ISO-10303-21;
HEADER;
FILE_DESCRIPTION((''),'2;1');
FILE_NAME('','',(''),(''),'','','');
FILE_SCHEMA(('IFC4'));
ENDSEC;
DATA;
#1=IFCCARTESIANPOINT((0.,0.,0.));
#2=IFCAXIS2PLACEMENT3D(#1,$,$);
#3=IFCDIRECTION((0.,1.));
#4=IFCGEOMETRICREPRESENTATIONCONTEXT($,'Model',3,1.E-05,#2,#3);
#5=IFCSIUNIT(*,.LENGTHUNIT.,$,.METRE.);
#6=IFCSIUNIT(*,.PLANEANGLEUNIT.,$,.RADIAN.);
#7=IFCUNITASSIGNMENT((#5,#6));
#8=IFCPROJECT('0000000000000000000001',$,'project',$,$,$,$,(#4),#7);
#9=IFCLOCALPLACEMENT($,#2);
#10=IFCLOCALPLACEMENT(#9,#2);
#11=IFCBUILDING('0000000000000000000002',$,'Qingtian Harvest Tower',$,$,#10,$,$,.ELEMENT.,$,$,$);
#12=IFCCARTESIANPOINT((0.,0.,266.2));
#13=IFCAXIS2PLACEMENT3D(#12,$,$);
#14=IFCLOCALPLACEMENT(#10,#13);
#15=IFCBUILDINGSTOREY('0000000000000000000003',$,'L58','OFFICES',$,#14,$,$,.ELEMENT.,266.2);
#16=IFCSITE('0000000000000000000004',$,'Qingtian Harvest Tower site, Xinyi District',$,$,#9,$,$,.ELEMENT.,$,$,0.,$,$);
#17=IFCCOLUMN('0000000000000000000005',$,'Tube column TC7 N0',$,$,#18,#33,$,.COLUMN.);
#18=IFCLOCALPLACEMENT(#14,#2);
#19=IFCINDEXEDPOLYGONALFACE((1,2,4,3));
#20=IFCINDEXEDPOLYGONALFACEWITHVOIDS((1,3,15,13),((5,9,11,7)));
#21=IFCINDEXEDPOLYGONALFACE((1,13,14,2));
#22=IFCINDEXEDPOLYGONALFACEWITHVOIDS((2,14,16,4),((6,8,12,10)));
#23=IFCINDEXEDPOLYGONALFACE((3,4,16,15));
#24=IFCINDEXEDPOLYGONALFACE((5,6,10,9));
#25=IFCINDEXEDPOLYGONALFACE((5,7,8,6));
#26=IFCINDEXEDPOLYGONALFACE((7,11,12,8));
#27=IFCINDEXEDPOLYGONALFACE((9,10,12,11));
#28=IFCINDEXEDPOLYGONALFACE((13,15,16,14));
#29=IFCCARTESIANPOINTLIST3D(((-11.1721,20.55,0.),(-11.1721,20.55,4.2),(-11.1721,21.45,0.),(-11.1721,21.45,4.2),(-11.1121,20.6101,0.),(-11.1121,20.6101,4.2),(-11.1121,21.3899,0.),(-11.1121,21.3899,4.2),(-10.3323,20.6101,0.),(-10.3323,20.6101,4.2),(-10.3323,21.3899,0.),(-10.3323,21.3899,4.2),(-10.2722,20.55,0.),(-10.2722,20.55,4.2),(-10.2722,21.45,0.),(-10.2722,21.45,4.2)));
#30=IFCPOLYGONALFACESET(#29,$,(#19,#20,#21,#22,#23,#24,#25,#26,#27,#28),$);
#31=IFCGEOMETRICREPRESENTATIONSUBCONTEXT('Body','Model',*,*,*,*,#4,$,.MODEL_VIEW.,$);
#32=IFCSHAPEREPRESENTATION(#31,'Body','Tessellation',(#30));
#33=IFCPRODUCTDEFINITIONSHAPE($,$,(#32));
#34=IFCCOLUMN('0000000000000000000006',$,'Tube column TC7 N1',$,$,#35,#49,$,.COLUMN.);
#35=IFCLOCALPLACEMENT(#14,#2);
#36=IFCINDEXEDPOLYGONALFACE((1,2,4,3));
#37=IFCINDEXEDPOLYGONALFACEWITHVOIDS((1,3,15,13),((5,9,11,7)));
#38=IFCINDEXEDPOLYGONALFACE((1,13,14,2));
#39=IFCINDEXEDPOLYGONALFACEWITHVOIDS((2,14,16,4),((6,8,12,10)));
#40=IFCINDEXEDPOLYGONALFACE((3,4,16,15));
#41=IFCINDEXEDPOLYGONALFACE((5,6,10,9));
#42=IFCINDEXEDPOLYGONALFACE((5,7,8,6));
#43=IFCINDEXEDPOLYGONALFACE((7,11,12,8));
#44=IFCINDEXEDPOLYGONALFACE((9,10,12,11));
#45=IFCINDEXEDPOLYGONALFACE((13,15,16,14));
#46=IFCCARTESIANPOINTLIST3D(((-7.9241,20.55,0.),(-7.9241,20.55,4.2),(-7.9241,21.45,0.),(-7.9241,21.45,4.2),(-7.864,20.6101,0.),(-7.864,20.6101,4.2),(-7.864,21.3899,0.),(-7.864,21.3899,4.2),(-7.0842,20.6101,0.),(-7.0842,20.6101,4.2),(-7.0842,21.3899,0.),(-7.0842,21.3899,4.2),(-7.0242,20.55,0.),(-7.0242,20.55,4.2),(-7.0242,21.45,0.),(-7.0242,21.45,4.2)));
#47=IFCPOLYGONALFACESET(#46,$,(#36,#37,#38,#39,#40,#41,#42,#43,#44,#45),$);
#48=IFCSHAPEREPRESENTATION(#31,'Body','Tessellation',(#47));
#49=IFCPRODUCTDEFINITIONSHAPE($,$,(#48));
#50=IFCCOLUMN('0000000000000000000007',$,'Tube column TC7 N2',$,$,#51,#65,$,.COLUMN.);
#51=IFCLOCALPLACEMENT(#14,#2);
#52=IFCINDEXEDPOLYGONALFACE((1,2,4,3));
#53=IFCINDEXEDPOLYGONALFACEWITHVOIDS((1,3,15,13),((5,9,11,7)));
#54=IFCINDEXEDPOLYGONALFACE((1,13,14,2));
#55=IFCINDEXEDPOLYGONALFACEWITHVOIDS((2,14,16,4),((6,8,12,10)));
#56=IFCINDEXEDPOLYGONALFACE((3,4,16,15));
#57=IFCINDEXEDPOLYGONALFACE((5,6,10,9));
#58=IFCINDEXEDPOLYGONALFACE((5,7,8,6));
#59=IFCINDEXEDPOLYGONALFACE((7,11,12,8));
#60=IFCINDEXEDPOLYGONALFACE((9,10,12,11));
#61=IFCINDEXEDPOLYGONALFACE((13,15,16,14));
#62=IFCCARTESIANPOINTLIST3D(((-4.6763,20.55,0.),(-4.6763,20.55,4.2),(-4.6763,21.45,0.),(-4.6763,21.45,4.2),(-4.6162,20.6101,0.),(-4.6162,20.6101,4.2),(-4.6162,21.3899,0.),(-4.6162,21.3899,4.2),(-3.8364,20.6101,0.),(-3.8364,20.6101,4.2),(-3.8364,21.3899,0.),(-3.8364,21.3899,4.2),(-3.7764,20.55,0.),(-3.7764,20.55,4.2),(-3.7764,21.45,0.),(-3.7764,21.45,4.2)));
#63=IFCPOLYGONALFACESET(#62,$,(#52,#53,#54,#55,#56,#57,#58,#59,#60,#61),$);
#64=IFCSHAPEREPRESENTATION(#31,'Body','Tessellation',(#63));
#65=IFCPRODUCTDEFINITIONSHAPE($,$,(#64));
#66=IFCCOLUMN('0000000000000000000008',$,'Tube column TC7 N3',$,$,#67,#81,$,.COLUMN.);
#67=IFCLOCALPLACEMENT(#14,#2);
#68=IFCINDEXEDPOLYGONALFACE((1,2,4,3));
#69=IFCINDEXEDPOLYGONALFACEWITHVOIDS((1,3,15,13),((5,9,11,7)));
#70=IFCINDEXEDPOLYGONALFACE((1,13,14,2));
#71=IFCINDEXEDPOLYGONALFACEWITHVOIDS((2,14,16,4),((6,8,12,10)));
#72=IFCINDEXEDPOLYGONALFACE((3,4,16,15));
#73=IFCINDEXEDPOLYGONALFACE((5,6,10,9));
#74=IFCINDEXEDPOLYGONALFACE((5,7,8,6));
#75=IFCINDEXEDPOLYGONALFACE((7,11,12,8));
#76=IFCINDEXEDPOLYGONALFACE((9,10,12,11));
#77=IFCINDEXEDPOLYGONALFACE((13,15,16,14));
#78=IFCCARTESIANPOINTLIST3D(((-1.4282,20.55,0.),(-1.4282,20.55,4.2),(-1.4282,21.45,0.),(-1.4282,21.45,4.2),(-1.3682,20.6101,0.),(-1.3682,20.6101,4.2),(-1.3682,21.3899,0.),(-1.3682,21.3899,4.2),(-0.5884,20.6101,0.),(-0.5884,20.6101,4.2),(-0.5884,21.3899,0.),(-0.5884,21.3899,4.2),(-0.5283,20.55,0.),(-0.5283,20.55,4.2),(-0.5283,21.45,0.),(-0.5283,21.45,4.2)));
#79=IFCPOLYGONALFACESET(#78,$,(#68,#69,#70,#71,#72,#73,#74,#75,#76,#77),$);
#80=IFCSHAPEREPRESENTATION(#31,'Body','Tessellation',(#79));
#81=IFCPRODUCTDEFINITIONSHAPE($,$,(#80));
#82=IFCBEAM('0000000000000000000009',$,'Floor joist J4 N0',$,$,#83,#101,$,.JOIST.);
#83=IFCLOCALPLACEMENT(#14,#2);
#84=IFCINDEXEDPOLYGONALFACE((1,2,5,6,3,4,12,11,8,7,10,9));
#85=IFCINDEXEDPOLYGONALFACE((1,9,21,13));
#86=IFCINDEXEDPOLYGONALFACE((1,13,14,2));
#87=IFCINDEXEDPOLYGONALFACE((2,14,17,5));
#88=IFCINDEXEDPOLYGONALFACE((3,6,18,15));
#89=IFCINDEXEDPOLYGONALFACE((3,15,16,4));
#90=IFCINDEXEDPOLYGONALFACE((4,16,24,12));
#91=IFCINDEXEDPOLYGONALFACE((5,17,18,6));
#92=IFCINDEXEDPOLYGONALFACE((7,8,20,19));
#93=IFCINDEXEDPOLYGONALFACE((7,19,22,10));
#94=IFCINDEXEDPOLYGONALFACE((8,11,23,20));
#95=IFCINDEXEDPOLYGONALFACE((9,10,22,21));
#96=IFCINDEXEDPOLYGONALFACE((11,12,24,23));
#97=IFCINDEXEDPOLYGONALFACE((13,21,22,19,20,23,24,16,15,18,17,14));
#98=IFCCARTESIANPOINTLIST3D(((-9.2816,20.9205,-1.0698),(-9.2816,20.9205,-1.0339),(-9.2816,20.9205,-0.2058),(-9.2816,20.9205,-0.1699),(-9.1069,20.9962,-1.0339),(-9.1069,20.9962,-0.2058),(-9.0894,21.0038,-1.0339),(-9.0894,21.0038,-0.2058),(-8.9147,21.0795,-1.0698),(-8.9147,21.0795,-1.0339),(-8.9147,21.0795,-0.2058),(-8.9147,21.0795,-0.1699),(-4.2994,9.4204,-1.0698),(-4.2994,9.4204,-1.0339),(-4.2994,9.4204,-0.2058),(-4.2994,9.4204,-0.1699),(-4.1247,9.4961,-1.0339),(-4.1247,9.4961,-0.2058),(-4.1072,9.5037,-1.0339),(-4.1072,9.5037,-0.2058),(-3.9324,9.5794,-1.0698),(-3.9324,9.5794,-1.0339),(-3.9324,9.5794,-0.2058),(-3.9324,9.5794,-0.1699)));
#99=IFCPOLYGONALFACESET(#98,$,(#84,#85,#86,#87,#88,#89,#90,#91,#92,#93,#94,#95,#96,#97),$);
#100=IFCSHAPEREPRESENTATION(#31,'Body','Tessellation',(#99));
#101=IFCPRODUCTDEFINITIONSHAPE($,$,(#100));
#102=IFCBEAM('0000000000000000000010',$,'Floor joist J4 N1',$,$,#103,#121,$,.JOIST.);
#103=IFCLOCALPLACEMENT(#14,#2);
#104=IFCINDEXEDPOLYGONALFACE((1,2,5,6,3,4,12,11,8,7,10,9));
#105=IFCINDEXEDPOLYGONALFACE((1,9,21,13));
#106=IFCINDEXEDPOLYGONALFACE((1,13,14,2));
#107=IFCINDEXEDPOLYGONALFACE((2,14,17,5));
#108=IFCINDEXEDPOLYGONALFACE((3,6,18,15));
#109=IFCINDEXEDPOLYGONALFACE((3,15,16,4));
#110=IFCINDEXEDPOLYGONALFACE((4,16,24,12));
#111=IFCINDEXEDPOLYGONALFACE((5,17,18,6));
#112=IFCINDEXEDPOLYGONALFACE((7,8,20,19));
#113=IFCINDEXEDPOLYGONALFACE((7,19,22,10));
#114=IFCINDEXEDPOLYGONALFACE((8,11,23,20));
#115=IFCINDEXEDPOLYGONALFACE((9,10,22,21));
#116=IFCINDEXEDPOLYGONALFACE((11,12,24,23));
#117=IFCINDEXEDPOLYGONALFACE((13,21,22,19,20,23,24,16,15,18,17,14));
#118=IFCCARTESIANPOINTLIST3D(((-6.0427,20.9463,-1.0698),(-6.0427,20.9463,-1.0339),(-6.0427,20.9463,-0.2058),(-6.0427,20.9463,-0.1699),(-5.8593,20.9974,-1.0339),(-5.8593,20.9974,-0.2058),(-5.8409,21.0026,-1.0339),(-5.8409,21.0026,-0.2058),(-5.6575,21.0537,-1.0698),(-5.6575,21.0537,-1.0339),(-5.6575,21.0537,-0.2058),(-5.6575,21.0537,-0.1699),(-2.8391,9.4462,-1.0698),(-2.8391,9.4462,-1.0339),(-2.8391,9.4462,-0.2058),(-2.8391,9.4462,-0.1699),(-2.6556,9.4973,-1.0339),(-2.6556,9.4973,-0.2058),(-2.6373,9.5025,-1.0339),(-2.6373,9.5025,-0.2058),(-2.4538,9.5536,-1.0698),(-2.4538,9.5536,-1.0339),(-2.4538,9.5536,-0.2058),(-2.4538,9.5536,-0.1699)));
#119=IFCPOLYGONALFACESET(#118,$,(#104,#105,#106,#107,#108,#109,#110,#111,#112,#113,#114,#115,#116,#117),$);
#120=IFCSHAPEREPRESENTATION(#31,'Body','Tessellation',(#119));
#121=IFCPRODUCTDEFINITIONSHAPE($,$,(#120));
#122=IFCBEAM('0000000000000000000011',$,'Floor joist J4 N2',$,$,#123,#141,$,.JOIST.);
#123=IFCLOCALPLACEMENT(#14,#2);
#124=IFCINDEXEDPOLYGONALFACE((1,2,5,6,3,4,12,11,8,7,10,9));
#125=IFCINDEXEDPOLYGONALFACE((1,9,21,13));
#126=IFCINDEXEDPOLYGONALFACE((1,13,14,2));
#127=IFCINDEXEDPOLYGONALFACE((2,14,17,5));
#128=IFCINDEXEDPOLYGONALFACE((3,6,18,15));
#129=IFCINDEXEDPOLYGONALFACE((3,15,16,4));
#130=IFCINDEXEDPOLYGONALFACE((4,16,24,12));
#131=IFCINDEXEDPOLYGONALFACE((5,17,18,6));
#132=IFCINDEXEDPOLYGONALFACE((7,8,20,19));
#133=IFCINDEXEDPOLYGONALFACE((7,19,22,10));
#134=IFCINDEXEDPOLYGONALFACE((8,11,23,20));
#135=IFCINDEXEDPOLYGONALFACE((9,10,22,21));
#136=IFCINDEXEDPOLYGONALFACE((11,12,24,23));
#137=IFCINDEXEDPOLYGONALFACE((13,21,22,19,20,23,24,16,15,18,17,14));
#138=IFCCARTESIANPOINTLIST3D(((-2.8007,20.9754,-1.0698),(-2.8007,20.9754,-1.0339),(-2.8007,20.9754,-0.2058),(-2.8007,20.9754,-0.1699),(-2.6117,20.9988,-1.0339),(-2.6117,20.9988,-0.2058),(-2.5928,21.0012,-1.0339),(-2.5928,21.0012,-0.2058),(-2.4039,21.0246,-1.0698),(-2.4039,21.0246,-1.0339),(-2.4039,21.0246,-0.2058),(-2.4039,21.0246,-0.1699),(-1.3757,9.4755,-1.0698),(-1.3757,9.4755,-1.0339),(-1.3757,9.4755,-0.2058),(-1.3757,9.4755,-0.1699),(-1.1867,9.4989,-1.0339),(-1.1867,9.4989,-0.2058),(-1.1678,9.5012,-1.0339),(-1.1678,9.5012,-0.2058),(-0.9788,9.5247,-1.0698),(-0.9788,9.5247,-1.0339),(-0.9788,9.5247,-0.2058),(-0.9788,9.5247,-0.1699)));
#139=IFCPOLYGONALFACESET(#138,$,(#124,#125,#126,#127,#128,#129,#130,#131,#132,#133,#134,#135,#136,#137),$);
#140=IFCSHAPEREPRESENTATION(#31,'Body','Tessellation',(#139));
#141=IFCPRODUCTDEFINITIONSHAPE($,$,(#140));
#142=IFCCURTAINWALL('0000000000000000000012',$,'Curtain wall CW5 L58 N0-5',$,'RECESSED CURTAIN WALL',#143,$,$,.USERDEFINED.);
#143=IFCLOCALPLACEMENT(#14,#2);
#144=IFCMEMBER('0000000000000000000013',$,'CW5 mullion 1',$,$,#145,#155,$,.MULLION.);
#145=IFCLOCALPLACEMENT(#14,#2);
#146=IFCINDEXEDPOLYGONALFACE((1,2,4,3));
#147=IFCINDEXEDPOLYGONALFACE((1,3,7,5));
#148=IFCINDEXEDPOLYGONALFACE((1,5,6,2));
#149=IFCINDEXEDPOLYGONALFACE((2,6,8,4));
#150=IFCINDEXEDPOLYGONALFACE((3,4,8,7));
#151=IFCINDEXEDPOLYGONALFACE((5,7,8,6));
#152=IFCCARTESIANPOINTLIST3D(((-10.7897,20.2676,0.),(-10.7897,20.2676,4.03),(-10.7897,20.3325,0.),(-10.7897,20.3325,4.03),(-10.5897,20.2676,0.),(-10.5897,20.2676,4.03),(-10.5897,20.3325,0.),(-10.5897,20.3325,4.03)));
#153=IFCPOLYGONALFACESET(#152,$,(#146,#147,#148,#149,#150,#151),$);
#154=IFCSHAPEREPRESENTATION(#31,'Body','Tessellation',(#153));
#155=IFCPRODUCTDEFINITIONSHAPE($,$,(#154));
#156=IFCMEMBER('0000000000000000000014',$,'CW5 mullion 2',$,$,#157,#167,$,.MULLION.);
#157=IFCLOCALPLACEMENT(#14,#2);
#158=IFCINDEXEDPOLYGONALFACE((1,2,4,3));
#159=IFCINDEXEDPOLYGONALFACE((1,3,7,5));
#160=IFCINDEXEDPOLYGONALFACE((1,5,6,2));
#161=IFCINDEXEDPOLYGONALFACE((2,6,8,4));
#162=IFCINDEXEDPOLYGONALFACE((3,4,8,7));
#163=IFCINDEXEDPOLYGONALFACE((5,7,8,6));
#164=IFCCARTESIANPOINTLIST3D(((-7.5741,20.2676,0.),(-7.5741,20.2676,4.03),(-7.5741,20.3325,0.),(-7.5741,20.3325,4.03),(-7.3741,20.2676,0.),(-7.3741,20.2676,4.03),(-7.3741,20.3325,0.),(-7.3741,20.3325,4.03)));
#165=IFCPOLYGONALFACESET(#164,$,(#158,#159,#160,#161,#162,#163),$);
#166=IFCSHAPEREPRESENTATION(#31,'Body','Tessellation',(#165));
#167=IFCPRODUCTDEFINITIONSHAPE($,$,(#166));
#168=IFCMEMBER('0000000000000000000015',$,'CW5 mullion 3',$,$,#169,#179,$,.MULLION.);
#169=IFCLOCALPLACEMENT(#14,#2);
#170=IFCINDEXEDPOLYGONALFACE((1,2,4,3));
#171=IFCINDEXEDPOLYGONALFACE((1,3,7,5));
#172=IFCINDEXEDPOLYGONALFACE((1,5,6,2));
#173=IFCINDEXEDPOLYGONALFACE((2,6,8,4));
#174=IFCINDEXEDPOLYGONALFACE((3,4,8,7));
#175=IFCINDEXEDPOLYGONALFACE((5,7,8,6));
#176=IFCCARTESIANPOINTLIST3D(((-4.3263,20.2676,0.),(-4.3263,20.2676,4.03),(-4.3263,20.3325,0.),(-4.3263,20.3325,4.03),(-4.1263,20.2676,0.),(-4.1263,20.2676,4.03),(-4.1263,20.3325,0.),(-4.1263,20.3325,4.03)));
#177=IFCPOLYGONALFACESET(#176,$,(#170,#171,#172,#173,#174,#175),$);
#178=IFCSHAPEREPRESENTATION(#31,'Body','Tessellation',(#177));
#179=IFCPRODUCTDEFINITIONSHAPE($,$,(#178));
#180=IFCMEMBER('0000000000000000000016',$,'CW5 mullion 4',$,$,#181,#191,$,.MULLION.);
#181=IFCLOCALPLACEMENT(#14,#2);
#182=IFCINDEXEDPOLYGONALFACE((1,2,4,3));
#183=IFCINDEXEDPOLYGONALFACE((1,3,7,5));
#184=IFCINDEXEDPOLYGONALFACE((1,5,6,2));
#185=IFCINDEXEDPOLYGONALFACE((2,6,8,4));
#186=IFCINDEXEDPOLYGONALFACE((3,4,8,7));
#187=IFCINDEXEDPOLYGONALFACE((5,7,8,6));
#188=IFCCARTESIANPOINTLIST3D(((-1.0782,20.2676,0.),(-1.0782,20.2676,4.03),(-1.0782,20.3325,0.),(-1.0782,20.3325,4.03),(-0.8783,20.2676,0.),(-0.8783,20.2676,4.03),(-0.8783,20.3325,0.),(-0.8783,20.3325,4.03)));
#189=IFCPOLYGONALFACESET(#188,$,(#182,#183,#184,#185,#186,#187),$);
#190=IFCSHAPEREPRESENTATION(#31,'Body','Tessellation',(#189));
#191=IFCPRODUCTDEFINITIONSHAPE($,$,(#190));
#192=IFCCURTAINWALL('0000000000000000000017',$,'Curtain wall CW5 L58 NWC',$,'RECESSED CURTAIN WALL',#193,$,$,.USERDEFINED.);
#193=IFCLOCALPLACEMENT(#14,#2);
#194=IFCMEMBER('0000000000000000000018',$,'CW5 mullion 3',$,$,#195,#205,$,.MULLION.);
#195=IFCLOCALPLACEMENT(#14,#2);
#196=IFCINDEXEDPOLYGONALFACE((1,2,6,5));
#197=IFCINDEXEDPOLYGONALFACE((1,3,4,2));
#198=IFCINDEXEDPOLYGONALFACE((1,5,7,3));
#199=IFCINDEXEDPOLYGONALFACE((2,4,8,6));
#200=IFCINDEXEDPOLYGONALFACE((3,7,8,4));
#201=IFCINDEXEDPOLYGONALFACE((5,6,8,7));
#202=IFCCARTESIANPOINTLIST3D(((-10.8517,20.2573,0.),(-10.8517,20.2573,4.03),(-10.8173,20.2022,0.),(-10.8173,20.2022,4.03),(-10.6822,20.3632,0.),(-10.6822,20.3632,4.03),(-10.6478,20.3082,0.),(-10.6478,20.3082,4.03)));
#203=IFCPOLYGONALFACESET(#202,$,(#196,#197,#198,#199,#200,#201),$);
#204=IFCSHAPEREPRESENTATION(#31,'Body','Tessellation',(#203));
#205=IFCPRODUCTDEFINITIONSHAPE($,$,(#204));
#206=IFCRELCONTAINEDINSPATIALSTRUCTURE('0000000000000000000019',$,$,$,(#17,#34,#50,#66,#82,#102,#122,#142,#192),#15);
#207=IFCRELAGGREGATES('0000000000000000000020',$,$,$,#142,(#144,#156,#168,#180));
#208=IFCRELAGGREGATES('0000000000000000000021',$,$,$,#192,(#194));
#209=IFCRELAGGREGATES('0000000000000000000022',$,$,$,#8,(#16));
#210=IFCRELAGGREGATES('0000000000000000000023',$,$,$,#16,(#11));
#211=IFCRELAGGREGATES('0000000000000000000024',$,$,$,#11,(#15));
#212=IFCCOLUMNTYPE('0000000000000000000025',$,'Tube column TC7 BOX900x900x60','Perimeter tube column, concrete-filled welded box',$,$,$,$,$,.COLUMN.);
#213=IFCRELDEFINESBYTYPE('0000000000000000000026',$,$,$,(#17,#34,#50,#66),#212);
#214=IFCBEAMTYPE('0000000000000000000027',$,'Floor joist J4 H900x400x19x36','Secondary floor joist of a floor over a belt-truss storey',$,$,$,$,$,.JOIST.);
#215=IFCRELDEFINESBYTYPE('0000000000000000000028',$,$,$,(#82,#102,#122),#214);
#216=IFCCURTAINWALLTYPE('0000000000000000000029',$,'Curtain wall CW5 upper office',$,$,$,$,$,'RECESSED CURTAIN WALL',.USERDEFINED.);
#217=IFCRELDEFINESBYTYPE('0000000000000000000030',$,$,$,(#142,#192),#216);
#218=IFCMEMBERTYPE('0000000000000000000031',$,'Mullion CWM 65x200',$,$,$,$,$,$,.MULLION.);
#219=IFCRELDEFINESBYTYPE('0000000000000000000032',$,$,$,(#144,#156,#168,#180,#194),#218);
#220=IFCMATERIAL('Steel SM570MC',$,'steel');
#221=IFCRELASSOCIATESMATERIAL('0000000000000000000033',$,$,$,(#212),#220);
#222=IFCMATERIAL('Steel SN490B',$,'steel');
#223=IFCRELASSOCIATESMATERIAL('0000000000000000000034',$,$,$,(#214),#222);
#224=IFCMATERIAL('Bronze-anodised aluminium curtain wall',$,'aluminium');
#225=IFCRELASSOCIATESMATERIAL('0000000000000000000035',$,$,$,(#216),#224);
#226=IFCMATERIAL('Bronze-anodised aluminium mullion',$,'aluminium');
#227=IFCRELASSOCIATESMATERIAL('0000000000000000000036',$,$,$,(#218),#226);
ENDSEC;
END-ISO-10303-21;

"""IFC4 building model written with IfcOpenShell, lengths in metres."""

from ifc_helpers import new_model, si_unit, direction, frame, origin, origin_2d, place, context, subcontext, project, spatial, rectangle, hollow_rectangle, i_section, extrude, material, material_profile, profile_set, type_object, element, aggregate, save


model = new_model("IFC4")

# Units and contexts
model_context = context("Model", 3, precision=1e-05, world=origin(), true_north=direction((0.0, 1.0)))
body_context = subcontext(model_context, "Body", "Model", "MODEL_VIEW")
ifc_project = project(units=[si_unit("LENGTHUNIT", "METRE"), si_unit("PLANEANGLEUNIT", "RADIAN")], contexts=[model_context])

# Site, building, storey
site_placement = place(None, origin())
site = spatial("IfcSite", under=ifc_project, at=site_placement, Name="Qingtian Harvest Tower site, Xinyi District", CompositionType="ELEMENT", RefElevation=0.0)
building_placement = place(site_placement, origin())
building = spatial("IfcBuilding", under=site, at=building_placement, Name="Qingtian Harvest Tower", CompositionType="ELEMENT")
storey_placement = place(building_placement, frame((0.0, 0.0, 266.2)))
storey = spatial("IfcBuildingStorey", under=building, at=storey_placement, Name="L58", Description="OFFICES", CompositionType="ELEMENT", Elevation=266.2)

# Columns
ifc_material_1 = material(Name="Steel SM570MC", Category="steel")
ifc_material_profile_1 = material_profile(ifc_material_1, hollow_rectangle(XDim=0.8999, YDim=0.8999, WallThickness=0.0601, at=origin_2d()), Name="BOX900x900x60")
ifc_profile_set_1 = profile_set([ifc_material_profile_1], Name="Steel SM570MC")
column_type = type_object("IfcColumnType", Name="Tube column TC7 BOX900x900x60", Description="Perimeter tube column, concrete-filled welded box", PredefinedType="COLUMN", material=ifc_profile_set_1)
for number, where, z_axis, x_axis, name in (
    (1, (-10.7222, 21.0, 0.0), (0.0, 0.0, 1.0), (-1.0, 0.0, 0.0), "Tube column TC7 N0"),
    (2, (-7.4741, 21.0, 0.0), (0.0, 0.0, 1.0), (-1.0, 0.0, 0.0), "Tube column TC7 N1"),
    (3, (-4.2263, 21.0, 0.0), (0.0, 0.0, 1.0), (-1.0, 0.0, 0.0), "Tube column TC7 N2"),
    (4, (-0.9783, 21.0, 0.0), (0.0, 0.0, 1.0), (-1.0, 0.0, 0.0), "Tube column TC7 N3"),
):
    element("IfcColumn", number, at=place(storey_placement, frame(where, z_axis=z_axis, x_axis=x_axis)), inside=storey, type_object=column_type, Name=name, PredefinedType="COLUMN", context=body_context, shape_type="SweptSolid", body=[
        extrude(hollow_rectangle(XDim=0.8999, YDim=0.8999, WallThickness=0.0601, at=origin_2d()), origin(), (0.0, 0.0, 1.0), 4.2),
    ])

# Beams
ifc_material_2 = material(Name="Steel SN490B", Category="steel")
ifc_material_profile_2 = material_profile(ifc_material_2, i_section(OverallWidth=0.3999, OverallDepth=0.8999, WebThickness=0.019, FlangeThickness=0.0359, at=origin_2d()), Name="H900x400x19x36")
ifc_profile_set_2 = profile_set([ifc_material_profile_2], Name="Steel SN490B")
beam_type_1 = type_object("IfcBeamType", Name="Floor joist J4 H900x400x19x36", Description="Secondary floor joist of a floor over a belt-truss storey", PredefinedType="JOIST", material=ifc_profile_set_2)
beam_1_placement = place(storey_placement, frame((-9.0981, 21.0, -0.6199), z_axis=(0.39753, -0.917589, 0.0), x_axis=(0.917589, 0.39753, 0.0)))
element("IfcBeam", 5, at=beam_1_placement, inside=storey, type_object=beam_type_1, Name="Floor joist J4 N0", PredefinedType="JOIST", context=body_context, shape_type="SweptSolid", body=[
    extrude(i_section(OverallWidth=0.3999, OverallDepth=0.8999, WebThickness=0.019, FlangeThickness=0.0359, at=origin_2d()), origin(), (0.0, 0.0, 1.0), 12.533),
])
beam_2_placement = place(storey_placement, frame((-5.8501, 21.0, -0.6199), z_axis=(0.268357, -0.96332, 0.0), x_axis=(0.96332, 0.268357, 0.0)))
element("IfcBeam", 6, at=beam_2_placement, inside=storey, type_object=beam_type_1, Name="Floor joist J4 N1", PredefinedType="JOIST", context=body_context, shape_type="SweptSolid", body=[
    extrude(i_section(OverallWidth=0.3999, OverallDepth=0.8999, WebThickness=0.019, FlangeThickness=0.0359, at=origin_2d()), origin(), (0.0, 0.0, 1.0), 11.938),
])
beam_3_placement = place(storey_placement, frame((-2.6023, 21.0, -0.6199), z_axis=(0.122977, -0.99241, 0.0), x_axis=(0.99241, 0.122977, 0.0)))
element("IfcBeam", 7, at=beam_3_placement, inside=storey, type_object=beam_type_1, Name="Floor joist J4 N2", PredefinedType="JOIST", context=body_context, shape_type="SweptSolid", body=[
    extrude(i_section(OverallWidth=0.3999, OverallDepth=0.8999, WebThickness=0.019, FlangeThickness=0.0359, at=origin_2d()), origin(), (0.0, 0.0, 1.0), 11.5879),
])

# Curtain wall, members
ifc_material_3 = material(Name="Bronze-anodised aluminium curtain wall", Category="aluminium")
curtain_wall_type = type_object("IfcCurtainWallType", Name="Curtain wall CW5 upper office", ElementType="RECESSED CURTAIN WALL", PredefinedType="USERDEFINED", material=ifc_material_3)
curtain_wall_1_placement = place(storey_placement, origin())
curtain_wall_1 = element("IfcCurtainWall", 8, at=curtain_wall_1_placement, inside=storey, type_object=curtain_wall_type, Name="Curtain wall CW5 L58 N0-5", ObjectType="RECESSED CURTAIN WALL", PredefinedType="USERDEFINED")
ifc_material_4 = material(Name="Bronze-anodised aluminium mullion", Category="aluminium")
ifc_material_profile_3 = material_profile(ifc_material_4, rectangle(XDim=0.0649, YDim=0.2, at=origin_2d()), Name="AL 65x200")
ifc_profile_set_3 = profile_set([ifc_material_profile_3], Name="Bronze-anodised aluminium mullion")
member_type_1 = type_object("IfcMemberType", Name="Mullion CWM 65x200", PredefinedType="MULLION", material=ifc_profile_set_3)
member_1_placement = place(storey_placement, frame((-10.6897, 20.3, 0.0), z_axis=(0.0, 0.0, 1.0), x_axis=(0.0, 1.0, 0.0)))
member_1 = element("IfcMember", 9, at=member_1_placement, type_object=member_type_1, Name="CW5 mullion 1", PredefinedType="MULLION", context=body_context, shape_type="SweptSolid", body=[
    extrude(rectangle(XDim=0.0649, YDim=0.2, at=origin_2d()), origin(), (0.0, 0.0, 1.0), 4.03),
])
member_2_placement = place(storey_placement, frame((-7.4741, 20.3, 0.0), z_axis=(0.0, 0.0, 1.0), x_axis=(0.0, 1.0, 0.0)))
member_2 = element("IfcMember", 10, at=member_2_placement, type_object=member_type_1, Name="CW5 mullion 2", PredefinedType="MULLION", context=body_context, shape_type="SweptSolid", body=[
    extrude(rectangle(XDim=0.0649, YDim=0.2, at=origin_2d()), origin(), (0.0, 0.0, 1.0), 4.03),
])
member_3_placement = place(storey_placement, frame((-4.2263, 20.3, 0.0), z_axis=(0.0, 0.0, 1.0), x_axis=(0.0, 1.0, 0.0)))
member_3 = element("IfcMember", 11, at=member_3_placement, type_object=member_type_1, Name="CW5 mullion 3", PredefinedType="MULLION", context=body_context, shape_type="SweptSolid", body=[
    extrude(rectangle(XDim=0.0649, YDim=0.2, at=origin_2d()), origin(), (0.0, 0.0, 1.0), 4.03),
])
member_4_placement = place(storey_placement, frame((-0.9783, 20.3, 0.0), z_axis=(0.0, 0.0, 1.0), x_axis=(0.0, 1.0, 0.0)))
member_4 = element("IfcMember", 12, at=member_4_placement, type_object=member_type_1, Name="CW5 mullion 4", PredefinedType="MULLION", context=body_context, shape_type="SweptSolid", body=[
    extrude(rectangle(XDim=0.0649, YDim=0.2, at=origin_2d()), origin(), (0.0, 0.0, 1.0), 4.03),
])

# Curtain wall, member
curtain_wall_2_placement = place(storey_placement, origin())
curtain_wall_2 = element("IfcCurtainWall", 13, at=curtain_wall_2_placement, inside=storey, type_object=curtain_wall_type, Name="Curtain wall CW5 L58 NWC", ObjectType="RECESSED CURTAIN WALL", PredefinedType="USERDEFINED")
member_5_placement = place(storey_placement, frame((-10.7498, 20.2827, 0.0), z_axis=(0.0, 0.0, 1.0), x_axis=(-0.529919, 0.848048, 0.0)))
member_5 = element("IfcMember", 14, at=member_5_placement, type_object=member_type_1, Name="CW5 mullion 3", PredefinedType="MULLION", context=body_context, shape_type="SweptSolid", body=[
    extrude(rectangle(XDim=0.0649, YDim=0.2, at=origin_2d()), origin(), (0.0, 0.0, 1.0), 4.03),
])

aggregate(curtain_wall_1, [member_1, member_2, member_3, member_4])
aggregate(curtain_wall_2, [member_5])

save(model, "model.ifc")
